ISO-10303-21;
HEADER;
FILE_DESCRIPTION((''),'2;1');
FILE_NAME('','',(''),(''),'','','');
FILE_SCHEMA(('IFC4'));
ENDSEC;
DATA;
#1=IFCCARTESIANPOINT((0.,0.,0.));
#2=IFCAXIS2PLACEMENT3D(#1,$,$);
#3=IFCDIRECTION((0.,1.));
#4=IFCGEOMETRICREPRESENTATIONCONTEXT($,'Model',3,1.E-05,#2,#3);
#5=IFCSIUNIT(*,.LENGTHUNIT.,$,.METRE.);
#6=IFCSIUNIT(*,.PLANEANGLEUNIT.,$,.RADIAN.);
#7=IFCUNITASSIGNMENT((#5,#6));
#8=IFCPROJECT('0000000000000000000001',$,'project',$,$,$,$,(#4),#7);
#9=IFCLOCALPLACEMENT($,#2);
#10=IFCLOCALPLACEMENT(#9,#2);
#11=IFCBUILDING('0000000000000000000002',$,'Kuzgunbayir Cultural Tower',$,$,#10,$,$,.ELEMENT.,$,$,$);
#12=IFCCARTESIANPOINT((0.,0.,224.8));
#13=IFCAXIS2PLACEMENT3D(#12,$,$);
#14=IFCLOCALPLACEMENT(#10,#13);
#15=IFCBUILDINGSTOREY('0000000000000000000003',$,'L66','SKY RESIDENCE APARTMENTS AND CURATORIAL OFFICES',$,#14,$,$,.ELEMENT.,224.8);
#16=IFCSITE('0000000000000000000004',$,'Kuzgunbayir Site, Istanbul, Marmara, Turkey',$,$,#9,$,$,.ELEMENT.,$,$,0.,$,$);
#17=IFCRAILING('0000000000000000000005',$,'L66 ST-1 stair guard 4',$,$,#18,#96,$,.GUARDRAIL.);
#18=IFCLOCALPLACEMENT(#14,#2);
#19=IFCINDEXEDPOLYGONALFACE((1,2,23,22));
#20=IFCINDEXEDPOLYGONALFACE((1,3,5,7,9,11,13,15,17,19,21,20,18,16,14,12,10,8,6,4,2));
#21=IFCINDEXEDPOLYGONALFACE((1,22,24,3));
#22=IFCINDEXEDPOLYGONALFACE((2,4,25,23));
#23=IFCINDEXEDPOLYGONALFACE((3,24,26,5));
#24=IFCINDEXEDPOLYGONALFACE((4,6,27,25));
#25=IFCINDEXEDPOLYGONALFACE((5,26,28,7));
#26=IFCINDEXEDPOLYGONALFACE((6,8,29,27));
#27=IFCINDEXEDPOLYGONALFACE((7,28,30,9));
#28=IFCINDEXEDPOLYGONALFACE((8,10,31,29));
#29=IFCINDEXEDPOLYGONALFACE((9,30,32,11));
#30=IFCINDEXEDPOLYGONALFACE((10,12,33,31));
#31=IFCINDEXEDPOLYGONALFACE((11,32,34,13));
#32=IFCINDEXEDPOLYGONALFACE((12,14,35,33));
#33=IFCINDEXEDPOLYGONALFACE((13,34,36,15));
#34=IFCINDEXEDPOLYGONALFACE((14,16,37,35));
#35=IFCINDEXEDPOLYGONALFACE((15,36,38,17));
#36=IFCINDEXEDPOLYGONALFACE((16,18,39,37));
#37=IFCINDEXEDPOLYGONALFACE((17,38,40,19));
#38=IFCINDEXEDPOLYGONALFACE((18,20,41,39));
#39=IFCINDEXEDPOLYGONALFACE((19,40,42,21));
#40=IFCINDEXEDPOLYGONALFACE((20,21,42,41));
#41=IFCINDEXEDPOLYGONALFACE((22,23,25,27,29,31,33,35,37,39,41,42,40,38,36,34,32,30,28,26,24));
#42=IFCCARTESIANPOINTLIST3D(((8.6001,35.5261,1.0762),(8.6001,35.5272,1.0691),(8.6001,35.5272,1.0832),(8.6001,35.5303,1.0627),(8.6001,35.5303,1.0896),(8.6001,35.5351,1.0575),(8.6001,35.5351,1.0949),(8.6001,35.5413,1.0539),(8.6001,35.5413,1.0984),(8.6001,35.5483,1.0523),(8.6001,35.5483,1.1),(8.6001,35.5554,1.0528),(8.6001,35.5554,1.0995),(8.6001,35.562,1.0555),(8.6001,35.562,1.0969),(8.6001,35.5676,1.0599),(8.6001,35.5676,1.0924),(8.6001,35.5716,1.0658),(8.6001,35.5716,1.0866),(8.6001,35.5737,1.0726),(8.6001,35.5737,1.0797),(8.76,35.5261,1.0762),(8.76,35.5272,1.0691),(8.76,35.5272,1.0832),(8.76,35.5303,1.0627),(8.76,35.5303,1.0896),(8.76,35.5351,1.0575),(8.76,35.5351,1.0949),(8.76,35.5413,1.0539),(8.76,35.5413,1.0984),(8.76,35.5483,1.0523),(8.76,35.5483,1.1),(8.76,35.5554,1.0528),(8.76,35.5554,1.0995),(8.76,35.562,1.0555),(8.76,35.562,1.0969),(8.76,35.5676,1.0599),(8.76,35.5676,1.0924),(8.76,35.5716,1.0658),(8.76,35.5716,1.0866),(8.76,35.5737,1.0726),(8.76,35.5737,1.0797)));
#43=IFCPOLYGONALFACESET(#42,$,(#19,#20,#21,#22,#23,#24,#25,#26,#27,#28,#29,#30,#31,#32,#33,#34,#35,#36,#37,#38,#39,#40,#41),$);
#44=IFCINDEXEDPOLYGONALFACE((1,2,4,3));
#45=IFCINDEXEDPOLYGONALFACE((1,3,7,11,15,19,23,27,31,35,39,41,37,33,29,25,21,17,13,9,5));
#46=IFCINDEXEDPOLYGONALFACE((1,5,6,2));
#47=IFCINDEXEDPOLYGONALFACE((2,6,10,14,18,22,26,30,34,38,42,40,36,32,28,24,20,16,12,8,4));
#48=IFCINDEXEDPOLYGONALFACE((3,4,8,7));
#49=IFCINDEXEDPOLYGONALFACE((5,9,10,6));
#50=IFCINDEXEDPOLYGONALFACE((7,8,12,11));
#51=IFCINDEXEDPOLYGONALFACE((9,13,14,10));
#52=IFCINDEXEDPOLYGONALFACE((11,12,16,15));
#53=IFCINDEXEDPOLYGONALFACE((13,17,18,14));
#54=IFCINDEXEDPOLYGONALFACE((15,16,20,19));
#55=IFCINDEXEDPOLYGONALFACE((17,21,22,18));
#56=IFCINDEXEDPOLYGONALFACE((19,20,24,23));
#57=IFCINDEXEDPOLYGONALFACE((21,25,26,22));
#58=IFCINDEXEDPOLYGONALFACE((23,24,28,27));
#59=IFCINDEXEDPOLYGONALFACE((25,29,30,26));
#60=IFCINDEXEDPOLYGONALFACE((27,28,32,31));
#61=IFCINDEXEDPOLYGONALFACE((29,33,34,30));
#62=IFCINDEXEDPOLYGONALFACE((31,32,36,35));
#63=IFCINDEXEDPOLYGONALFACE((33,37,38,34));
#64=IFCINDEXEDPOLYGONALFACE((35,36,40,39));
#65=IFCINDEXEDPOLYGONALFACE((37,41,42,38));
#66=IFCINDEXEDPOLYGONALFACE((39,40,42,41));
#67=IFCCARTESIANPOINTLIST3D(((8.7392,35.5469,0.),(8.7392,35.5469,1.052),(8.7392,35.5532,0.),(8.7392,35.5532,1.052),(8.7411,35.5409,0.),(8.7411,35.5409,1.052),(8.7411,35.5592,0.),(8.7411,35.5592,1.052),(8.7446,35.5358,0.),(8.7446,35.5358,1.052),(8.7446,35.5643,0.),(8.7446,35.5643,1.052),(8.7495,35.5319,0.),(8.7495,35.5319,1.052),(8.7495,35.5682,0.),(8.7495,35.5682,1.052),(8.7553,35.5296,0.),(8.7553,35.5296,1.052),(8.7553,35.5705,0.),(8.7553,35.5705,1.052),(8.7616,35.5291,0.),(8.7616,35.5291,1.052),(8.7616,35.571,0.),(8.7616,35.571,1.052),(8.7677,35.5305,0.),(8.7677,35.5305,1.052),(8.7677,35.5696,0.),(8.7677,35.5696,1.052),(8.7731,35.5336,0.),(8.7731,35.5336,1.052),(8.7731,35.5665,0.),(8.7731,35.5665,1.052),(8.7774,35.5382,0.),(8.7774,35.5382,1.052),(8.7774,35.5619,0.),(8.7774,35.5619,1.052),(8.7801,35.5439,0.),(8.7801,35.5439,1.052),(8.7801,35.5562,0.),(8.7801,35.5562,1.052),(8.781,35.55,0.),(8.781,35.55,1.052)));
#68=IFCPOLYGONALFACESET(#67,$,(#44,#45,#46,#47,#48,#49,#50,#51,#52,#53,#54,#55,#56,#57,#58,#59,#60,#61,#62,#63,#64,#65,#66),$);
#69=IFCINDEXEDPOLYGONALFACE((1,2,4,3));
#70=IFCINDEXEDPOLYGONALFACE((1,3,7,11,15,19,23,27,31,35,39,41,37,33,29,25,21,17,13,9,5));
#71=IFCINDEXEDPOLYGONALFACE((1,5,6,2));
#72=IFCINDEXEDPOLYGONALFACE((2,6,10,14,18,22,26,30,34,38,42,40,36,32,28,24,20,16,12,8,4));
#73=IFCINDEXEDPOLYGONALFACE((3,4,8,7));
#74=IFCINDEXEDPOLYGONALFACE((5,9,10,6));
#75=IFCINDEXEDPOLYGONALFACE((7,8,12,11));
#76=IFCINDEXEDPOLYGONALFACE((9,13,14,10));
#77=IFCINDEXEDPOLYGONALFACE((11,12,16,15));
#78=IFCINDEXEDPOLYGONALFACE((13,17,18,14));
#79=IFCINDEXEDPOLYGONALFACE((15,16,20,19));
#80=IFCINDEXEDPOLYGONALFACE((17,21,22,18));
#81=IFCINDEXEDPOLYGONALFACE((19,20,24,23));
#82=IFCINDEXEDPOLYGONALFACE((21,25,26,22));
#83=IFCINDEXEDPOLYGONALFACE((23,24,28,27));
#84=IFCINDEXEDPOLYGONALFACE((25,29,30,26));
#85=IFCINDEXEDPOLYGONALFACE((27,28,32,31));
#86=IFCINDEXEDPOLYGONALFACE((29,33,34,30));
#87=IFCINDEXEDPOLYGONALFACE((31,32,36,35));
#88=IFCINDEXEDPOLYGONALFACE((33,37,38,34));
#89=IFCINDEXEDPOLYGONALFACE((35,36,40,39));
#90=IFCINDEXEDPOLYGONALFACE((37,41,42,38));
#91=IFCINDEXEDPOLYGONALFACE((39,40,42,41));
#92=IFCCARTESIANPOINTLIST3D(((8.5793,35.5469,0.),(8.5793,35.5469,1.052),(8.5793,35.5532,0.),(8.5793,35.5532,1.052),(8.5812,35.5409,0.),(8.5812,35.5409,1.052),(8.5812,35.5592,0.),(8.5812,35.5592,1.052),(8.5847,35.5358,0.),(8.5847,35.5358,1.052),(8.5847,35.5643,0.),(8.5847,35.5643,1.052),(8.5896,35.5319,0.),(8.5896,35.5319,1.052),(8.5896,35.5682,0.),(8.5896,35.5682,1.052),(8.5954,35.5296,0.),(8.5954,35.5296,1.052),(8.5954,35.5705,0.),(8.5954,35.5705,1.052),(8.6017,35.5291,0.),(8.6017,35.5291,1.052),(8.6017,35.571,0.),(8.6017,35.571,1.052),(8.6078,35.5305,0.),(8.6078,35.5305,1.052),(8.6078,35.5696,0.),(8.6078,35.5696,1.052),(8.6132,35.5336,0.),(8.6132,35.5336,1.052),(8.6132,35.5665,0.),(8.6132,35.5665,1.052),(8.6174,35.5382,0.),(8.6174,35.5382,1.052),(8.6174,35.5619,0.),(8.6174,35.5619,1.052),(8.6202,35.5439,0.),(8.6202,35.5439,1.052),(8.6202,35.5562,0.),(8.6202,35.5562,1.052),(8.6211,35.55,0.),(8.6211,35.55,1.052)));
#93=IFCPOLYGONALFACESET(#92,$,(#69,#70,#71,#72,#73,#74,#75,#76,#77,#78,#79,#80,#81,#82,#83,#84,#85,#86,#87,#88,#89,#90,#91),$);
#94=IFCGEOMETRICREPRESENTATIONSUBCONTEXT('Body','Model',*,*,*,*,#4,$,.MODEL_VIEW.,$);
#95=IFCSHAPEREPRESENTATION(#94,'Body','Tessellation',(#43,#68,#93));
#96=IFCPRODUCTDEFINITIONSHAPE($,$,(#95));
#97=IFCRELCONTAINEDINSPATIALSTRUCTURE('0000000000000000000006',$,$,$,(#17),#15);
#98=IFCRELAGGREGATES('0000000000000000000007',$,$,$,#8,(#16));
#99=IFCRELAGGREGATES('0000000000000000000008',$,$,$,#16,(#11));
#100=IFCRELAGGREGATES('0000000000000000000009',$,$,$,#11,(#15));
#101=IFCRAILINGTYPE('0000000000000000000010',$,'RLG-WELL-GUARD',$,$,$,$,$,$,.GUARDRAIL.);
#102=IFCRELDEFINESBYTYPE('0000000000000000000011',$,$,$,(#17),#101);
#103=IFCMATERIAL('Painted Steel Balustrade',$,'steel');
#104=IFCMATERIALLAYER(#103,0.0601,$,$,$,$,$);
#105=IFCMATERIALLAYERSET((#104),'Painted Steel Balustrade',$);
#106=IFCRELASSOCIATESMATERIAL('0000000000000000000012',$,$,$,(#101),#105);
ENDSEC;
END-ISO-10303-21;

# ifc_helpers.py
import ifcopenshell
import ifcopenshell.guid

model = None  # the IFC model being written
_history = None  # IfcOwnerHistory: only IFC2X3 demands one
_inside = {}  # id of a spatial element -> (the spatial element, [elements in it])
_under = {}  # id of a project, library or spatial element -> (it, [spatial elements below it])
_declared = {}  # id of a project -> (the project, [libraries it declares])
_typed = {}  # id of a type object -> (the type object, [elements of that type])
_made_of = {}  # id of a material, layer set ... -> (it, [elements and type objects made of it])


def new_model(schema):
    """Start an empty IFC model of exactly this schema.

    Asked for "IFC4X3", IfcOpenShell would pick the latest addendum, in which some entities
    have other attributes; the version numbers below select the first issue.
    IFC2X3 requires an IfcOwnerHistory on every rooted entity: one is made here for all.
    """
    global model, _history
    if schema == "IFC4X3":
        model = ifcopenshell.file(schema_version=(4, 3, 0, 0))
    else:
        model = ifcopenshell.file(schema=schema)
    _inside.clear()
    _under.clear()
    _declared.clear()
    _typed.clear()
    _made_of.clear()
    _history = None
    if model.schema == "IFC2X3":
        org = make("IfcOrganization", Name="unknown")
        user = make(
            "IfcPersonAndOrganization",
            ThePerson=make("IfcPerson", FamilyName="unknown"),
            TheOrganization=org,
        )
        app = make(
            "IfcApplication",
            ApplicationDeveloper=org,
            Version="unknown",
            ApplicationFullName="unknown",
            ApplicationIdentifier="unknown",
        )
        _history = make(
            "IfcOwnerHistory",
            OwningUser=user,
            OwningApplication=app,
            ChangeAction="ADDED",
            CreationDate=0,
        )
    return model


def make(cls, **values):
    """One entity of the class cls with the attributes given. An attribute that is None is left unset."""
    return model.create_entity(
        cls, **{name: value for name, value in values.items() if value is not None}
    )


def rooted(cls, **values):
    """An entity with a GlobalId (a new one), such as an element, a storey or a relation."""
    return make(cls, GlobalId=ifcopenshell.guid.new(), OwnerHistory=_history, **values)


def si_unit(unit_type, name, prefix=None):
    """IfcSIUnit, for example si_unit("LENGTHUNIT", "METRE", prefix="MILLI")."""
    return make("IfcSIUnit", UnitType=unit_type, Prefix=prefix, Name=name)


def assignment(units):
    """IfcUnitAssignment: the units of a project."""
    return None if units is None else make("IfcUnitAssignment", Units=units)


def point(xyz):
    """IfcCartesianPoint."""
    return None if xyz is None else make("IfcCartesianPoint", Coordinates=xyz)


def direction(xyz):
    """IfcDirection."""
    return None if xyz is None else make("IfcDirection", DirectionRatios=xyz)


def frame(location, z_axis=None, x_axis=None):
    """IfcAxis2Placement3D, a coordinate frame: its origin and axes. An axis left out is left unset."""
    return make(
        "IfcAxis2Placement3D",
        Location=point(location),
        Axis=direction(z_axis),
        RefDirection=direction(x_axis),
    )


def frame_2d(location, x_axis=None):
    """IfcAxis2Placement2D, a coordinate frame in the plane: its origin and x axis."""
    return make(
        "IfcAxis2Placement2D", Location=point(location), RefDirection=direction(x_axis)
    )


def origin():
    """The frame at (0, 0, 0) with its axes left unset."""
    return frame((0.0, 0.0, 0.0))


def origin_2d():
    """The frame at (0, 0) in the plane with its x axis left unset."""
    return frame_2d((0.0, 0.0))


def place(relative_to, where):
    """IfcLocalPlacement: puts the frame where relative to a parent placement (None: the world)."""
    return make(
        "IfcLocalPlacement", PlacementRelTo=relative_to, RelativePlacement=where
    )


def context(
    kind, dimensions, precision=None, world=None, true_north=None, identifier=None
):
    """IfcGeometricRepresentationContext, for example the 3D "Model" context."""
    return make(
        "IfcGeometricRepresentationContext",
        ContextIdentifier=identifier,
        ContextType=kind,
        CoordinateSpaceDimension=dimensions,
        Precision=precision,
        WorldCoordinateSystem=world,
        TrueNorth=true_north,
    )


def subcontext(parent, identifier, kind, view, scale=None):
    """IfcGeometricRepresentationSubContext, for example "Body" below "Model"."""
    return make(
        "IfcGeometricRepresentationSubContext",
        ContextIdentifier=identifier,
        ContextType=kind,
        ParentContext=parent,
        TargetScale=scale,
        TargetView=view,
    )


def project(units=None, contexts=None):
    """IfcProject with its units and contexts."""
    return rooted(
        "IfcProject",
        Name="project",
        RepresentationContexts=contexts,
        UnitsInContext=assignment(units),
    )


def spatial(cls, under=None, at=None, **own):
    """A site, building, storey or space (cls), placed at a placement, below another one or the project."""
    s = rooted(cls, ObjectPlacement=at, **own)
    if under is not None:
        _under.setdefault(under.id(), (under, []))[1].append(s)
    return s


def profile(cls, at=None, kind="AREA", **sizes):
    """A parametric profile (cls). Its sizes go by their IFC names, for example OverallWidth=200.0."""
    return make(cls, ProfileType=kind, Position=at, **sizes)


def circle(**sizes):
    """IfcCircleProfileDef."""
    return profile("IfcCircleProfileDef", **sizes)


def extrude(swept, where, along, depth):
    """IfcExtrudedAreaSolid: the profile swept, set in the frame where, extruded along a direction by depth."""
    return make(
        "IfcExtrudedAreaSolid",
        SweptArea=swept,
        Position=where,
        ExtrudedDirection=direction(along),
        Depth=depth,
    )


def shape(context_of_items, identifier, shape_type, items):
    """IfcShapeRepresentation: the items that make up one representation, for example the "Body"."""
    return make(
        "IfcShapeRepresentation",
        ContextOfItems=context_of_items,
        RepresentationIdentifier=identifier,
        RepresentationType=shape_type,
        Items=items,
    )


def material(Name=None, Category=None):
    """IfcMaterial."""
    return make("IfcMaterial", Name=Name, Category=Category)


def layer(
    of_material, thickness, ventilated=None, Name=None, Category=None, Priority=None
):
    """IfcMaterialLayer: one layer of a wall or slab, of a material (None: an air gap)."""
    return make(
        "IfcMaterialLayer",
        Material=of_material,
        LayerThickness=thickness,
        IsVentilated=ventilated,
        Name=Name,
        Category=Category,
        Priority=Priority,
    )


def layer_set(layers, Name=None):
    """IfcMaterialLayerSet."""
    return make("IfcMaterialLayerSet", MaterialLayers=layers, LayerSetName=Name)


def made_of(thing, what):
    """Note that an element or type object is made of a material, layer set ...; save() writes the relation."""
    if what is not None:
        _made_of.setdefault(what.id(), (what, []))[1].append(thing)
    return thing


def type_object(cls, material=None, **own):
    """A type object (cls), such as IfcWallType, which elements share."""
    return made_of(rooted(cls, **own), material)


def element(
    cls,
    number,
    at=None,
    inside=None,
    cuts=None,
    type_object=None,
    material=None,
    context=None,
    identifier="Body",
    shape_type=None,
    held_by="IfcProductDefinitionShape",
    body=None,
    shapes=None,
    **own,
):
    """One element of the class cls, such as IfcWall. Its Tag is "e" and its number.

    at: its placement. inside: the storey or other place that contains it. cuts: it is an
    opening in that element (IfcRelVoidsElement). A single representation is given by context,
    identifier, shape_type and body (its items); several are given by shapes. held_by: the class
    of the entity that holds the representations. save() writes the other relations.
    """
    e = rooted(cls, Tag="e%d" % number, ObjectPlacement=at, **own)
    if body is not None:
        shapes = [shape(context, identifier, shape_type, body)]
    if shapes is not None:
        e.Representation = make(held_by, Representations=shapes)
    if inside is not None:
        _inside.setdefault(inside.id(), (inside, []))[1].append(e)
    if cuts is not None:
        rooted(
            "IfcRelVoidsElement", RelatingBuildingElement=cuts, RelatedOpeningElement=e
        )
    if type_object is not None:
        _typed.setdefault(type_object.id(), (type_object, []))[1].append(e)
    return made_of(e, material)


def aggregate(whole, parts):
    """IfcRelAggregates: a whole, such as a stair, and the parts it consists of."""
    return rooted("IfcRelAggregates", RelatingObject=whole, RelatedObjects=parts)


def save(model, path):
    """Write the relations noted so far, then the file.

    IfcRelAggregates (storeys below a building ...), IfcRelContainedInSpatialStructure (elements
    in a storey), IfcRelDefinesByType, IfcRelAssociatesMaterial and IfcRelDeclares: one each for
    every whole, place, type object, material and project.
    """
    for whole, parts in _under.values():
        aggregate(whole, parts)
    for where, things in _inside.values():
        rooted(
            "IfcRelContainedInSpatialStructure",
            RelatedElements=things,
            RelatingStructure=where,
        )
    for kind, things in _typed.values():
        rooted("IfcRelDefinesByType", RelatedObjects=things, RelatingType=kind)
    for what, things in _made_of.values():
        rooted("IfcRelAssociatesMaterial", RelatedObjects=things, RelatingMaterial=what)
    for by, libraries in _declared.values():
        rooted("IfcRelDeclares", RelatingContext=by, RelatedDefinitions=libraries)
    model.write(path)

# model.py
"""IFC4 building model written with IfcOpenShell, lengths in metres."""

from ifc_helpers import new_model, si_unit, direction, frame, origin, origin_2d, place, context, subcontext, project, spatial, circle, extrude, material, layer, layer_set, type_object, element, save


model = new_model("IFC4")

# Units and contexts
model_context = context("Model", 3, precision=1e-05, world=origin(), true_north=direction((0.0, 1.0)))
body_context = subcontext(model_context, "Body", "Model", "MODEL_VIEW")
ifc_project = project(units=[si_unit("LENGTHUNIT", "METRE"), si_unit("PLANEANGLEUNIT", "RADIAN")], contexts=[model_context])

# Site, building, storey
site_placement = place(None, origin())
site = spatial("IfcSite", under=ifc_project, at=site_placement, Name="Kuzgunbayir Site, Istanbul, Marmara, Turkey", CompositionType="ELEMENT", RefElevation=0.0)
building_placement = place(site_placement, origin())
building = spatial("IfcBuilding", under=site, at=building_placement, Name="Kuzgunbayir Cultural Tower", CompositionType="ELEMENT")
storey_placement = place(building_placement, frame((0.0, 0.0, 224.8)))
storey = spatial("IfcBuildingStorey", under=building, at=storey_placement, Name="L66", Description="SKY RESIDENCE APARTMENTS AND CURATORIAL OFFICES", CompositionType="ELEMENT", Elevation=224.8)

# Railing
ifc_material_1 = material(Name="Painted Steel Balustrade", Category="steel")
ifc_layer_1 = layer(ifc_material_1, 0.0601)
ifc_layer_set_1 = layer_set([ifc_layer_1], Name="Painted Steel Balustrade")
railing_type = type_object("IfcRailingType", Name="RLG-WELL-GUARD", PredefinedType="GUARDRAIL", material=ifc_layer_set_1)
railing_1_placement = place(storey_placement, frame((8.76, 35.55, 0.0)))
element("IfcRailing", 1, at=railing_1_placement, inside=storey, type_object=railing_type, Name="L66 ST-1 stair guard 4", PredefinedType="GUARDRAIL", context=body_context, shape_type="SweptSolid", body=[
    extrude(circle(Radius=0.0239, at=origin_2d()), frame((0.0, 0.0, 1.0762), z_axis=(-1.0, 0.0, 0.0), x_axis=(0.0, -1.0, 0.0)), (0.0, 0.0, 1.0), 0.1599),
    extrude(circle(Radius=0.021, at=origin_2d()), origin(), (0.0, 0.0, 1.0), 1.052),
    extrude(circle(Radius=0.021, at=origin_2d()), frame((-0.1599, 0.0, 0.0)), (0.0, 0.0, 1.0), 1.052),
])

save(model, "model.ifc")
